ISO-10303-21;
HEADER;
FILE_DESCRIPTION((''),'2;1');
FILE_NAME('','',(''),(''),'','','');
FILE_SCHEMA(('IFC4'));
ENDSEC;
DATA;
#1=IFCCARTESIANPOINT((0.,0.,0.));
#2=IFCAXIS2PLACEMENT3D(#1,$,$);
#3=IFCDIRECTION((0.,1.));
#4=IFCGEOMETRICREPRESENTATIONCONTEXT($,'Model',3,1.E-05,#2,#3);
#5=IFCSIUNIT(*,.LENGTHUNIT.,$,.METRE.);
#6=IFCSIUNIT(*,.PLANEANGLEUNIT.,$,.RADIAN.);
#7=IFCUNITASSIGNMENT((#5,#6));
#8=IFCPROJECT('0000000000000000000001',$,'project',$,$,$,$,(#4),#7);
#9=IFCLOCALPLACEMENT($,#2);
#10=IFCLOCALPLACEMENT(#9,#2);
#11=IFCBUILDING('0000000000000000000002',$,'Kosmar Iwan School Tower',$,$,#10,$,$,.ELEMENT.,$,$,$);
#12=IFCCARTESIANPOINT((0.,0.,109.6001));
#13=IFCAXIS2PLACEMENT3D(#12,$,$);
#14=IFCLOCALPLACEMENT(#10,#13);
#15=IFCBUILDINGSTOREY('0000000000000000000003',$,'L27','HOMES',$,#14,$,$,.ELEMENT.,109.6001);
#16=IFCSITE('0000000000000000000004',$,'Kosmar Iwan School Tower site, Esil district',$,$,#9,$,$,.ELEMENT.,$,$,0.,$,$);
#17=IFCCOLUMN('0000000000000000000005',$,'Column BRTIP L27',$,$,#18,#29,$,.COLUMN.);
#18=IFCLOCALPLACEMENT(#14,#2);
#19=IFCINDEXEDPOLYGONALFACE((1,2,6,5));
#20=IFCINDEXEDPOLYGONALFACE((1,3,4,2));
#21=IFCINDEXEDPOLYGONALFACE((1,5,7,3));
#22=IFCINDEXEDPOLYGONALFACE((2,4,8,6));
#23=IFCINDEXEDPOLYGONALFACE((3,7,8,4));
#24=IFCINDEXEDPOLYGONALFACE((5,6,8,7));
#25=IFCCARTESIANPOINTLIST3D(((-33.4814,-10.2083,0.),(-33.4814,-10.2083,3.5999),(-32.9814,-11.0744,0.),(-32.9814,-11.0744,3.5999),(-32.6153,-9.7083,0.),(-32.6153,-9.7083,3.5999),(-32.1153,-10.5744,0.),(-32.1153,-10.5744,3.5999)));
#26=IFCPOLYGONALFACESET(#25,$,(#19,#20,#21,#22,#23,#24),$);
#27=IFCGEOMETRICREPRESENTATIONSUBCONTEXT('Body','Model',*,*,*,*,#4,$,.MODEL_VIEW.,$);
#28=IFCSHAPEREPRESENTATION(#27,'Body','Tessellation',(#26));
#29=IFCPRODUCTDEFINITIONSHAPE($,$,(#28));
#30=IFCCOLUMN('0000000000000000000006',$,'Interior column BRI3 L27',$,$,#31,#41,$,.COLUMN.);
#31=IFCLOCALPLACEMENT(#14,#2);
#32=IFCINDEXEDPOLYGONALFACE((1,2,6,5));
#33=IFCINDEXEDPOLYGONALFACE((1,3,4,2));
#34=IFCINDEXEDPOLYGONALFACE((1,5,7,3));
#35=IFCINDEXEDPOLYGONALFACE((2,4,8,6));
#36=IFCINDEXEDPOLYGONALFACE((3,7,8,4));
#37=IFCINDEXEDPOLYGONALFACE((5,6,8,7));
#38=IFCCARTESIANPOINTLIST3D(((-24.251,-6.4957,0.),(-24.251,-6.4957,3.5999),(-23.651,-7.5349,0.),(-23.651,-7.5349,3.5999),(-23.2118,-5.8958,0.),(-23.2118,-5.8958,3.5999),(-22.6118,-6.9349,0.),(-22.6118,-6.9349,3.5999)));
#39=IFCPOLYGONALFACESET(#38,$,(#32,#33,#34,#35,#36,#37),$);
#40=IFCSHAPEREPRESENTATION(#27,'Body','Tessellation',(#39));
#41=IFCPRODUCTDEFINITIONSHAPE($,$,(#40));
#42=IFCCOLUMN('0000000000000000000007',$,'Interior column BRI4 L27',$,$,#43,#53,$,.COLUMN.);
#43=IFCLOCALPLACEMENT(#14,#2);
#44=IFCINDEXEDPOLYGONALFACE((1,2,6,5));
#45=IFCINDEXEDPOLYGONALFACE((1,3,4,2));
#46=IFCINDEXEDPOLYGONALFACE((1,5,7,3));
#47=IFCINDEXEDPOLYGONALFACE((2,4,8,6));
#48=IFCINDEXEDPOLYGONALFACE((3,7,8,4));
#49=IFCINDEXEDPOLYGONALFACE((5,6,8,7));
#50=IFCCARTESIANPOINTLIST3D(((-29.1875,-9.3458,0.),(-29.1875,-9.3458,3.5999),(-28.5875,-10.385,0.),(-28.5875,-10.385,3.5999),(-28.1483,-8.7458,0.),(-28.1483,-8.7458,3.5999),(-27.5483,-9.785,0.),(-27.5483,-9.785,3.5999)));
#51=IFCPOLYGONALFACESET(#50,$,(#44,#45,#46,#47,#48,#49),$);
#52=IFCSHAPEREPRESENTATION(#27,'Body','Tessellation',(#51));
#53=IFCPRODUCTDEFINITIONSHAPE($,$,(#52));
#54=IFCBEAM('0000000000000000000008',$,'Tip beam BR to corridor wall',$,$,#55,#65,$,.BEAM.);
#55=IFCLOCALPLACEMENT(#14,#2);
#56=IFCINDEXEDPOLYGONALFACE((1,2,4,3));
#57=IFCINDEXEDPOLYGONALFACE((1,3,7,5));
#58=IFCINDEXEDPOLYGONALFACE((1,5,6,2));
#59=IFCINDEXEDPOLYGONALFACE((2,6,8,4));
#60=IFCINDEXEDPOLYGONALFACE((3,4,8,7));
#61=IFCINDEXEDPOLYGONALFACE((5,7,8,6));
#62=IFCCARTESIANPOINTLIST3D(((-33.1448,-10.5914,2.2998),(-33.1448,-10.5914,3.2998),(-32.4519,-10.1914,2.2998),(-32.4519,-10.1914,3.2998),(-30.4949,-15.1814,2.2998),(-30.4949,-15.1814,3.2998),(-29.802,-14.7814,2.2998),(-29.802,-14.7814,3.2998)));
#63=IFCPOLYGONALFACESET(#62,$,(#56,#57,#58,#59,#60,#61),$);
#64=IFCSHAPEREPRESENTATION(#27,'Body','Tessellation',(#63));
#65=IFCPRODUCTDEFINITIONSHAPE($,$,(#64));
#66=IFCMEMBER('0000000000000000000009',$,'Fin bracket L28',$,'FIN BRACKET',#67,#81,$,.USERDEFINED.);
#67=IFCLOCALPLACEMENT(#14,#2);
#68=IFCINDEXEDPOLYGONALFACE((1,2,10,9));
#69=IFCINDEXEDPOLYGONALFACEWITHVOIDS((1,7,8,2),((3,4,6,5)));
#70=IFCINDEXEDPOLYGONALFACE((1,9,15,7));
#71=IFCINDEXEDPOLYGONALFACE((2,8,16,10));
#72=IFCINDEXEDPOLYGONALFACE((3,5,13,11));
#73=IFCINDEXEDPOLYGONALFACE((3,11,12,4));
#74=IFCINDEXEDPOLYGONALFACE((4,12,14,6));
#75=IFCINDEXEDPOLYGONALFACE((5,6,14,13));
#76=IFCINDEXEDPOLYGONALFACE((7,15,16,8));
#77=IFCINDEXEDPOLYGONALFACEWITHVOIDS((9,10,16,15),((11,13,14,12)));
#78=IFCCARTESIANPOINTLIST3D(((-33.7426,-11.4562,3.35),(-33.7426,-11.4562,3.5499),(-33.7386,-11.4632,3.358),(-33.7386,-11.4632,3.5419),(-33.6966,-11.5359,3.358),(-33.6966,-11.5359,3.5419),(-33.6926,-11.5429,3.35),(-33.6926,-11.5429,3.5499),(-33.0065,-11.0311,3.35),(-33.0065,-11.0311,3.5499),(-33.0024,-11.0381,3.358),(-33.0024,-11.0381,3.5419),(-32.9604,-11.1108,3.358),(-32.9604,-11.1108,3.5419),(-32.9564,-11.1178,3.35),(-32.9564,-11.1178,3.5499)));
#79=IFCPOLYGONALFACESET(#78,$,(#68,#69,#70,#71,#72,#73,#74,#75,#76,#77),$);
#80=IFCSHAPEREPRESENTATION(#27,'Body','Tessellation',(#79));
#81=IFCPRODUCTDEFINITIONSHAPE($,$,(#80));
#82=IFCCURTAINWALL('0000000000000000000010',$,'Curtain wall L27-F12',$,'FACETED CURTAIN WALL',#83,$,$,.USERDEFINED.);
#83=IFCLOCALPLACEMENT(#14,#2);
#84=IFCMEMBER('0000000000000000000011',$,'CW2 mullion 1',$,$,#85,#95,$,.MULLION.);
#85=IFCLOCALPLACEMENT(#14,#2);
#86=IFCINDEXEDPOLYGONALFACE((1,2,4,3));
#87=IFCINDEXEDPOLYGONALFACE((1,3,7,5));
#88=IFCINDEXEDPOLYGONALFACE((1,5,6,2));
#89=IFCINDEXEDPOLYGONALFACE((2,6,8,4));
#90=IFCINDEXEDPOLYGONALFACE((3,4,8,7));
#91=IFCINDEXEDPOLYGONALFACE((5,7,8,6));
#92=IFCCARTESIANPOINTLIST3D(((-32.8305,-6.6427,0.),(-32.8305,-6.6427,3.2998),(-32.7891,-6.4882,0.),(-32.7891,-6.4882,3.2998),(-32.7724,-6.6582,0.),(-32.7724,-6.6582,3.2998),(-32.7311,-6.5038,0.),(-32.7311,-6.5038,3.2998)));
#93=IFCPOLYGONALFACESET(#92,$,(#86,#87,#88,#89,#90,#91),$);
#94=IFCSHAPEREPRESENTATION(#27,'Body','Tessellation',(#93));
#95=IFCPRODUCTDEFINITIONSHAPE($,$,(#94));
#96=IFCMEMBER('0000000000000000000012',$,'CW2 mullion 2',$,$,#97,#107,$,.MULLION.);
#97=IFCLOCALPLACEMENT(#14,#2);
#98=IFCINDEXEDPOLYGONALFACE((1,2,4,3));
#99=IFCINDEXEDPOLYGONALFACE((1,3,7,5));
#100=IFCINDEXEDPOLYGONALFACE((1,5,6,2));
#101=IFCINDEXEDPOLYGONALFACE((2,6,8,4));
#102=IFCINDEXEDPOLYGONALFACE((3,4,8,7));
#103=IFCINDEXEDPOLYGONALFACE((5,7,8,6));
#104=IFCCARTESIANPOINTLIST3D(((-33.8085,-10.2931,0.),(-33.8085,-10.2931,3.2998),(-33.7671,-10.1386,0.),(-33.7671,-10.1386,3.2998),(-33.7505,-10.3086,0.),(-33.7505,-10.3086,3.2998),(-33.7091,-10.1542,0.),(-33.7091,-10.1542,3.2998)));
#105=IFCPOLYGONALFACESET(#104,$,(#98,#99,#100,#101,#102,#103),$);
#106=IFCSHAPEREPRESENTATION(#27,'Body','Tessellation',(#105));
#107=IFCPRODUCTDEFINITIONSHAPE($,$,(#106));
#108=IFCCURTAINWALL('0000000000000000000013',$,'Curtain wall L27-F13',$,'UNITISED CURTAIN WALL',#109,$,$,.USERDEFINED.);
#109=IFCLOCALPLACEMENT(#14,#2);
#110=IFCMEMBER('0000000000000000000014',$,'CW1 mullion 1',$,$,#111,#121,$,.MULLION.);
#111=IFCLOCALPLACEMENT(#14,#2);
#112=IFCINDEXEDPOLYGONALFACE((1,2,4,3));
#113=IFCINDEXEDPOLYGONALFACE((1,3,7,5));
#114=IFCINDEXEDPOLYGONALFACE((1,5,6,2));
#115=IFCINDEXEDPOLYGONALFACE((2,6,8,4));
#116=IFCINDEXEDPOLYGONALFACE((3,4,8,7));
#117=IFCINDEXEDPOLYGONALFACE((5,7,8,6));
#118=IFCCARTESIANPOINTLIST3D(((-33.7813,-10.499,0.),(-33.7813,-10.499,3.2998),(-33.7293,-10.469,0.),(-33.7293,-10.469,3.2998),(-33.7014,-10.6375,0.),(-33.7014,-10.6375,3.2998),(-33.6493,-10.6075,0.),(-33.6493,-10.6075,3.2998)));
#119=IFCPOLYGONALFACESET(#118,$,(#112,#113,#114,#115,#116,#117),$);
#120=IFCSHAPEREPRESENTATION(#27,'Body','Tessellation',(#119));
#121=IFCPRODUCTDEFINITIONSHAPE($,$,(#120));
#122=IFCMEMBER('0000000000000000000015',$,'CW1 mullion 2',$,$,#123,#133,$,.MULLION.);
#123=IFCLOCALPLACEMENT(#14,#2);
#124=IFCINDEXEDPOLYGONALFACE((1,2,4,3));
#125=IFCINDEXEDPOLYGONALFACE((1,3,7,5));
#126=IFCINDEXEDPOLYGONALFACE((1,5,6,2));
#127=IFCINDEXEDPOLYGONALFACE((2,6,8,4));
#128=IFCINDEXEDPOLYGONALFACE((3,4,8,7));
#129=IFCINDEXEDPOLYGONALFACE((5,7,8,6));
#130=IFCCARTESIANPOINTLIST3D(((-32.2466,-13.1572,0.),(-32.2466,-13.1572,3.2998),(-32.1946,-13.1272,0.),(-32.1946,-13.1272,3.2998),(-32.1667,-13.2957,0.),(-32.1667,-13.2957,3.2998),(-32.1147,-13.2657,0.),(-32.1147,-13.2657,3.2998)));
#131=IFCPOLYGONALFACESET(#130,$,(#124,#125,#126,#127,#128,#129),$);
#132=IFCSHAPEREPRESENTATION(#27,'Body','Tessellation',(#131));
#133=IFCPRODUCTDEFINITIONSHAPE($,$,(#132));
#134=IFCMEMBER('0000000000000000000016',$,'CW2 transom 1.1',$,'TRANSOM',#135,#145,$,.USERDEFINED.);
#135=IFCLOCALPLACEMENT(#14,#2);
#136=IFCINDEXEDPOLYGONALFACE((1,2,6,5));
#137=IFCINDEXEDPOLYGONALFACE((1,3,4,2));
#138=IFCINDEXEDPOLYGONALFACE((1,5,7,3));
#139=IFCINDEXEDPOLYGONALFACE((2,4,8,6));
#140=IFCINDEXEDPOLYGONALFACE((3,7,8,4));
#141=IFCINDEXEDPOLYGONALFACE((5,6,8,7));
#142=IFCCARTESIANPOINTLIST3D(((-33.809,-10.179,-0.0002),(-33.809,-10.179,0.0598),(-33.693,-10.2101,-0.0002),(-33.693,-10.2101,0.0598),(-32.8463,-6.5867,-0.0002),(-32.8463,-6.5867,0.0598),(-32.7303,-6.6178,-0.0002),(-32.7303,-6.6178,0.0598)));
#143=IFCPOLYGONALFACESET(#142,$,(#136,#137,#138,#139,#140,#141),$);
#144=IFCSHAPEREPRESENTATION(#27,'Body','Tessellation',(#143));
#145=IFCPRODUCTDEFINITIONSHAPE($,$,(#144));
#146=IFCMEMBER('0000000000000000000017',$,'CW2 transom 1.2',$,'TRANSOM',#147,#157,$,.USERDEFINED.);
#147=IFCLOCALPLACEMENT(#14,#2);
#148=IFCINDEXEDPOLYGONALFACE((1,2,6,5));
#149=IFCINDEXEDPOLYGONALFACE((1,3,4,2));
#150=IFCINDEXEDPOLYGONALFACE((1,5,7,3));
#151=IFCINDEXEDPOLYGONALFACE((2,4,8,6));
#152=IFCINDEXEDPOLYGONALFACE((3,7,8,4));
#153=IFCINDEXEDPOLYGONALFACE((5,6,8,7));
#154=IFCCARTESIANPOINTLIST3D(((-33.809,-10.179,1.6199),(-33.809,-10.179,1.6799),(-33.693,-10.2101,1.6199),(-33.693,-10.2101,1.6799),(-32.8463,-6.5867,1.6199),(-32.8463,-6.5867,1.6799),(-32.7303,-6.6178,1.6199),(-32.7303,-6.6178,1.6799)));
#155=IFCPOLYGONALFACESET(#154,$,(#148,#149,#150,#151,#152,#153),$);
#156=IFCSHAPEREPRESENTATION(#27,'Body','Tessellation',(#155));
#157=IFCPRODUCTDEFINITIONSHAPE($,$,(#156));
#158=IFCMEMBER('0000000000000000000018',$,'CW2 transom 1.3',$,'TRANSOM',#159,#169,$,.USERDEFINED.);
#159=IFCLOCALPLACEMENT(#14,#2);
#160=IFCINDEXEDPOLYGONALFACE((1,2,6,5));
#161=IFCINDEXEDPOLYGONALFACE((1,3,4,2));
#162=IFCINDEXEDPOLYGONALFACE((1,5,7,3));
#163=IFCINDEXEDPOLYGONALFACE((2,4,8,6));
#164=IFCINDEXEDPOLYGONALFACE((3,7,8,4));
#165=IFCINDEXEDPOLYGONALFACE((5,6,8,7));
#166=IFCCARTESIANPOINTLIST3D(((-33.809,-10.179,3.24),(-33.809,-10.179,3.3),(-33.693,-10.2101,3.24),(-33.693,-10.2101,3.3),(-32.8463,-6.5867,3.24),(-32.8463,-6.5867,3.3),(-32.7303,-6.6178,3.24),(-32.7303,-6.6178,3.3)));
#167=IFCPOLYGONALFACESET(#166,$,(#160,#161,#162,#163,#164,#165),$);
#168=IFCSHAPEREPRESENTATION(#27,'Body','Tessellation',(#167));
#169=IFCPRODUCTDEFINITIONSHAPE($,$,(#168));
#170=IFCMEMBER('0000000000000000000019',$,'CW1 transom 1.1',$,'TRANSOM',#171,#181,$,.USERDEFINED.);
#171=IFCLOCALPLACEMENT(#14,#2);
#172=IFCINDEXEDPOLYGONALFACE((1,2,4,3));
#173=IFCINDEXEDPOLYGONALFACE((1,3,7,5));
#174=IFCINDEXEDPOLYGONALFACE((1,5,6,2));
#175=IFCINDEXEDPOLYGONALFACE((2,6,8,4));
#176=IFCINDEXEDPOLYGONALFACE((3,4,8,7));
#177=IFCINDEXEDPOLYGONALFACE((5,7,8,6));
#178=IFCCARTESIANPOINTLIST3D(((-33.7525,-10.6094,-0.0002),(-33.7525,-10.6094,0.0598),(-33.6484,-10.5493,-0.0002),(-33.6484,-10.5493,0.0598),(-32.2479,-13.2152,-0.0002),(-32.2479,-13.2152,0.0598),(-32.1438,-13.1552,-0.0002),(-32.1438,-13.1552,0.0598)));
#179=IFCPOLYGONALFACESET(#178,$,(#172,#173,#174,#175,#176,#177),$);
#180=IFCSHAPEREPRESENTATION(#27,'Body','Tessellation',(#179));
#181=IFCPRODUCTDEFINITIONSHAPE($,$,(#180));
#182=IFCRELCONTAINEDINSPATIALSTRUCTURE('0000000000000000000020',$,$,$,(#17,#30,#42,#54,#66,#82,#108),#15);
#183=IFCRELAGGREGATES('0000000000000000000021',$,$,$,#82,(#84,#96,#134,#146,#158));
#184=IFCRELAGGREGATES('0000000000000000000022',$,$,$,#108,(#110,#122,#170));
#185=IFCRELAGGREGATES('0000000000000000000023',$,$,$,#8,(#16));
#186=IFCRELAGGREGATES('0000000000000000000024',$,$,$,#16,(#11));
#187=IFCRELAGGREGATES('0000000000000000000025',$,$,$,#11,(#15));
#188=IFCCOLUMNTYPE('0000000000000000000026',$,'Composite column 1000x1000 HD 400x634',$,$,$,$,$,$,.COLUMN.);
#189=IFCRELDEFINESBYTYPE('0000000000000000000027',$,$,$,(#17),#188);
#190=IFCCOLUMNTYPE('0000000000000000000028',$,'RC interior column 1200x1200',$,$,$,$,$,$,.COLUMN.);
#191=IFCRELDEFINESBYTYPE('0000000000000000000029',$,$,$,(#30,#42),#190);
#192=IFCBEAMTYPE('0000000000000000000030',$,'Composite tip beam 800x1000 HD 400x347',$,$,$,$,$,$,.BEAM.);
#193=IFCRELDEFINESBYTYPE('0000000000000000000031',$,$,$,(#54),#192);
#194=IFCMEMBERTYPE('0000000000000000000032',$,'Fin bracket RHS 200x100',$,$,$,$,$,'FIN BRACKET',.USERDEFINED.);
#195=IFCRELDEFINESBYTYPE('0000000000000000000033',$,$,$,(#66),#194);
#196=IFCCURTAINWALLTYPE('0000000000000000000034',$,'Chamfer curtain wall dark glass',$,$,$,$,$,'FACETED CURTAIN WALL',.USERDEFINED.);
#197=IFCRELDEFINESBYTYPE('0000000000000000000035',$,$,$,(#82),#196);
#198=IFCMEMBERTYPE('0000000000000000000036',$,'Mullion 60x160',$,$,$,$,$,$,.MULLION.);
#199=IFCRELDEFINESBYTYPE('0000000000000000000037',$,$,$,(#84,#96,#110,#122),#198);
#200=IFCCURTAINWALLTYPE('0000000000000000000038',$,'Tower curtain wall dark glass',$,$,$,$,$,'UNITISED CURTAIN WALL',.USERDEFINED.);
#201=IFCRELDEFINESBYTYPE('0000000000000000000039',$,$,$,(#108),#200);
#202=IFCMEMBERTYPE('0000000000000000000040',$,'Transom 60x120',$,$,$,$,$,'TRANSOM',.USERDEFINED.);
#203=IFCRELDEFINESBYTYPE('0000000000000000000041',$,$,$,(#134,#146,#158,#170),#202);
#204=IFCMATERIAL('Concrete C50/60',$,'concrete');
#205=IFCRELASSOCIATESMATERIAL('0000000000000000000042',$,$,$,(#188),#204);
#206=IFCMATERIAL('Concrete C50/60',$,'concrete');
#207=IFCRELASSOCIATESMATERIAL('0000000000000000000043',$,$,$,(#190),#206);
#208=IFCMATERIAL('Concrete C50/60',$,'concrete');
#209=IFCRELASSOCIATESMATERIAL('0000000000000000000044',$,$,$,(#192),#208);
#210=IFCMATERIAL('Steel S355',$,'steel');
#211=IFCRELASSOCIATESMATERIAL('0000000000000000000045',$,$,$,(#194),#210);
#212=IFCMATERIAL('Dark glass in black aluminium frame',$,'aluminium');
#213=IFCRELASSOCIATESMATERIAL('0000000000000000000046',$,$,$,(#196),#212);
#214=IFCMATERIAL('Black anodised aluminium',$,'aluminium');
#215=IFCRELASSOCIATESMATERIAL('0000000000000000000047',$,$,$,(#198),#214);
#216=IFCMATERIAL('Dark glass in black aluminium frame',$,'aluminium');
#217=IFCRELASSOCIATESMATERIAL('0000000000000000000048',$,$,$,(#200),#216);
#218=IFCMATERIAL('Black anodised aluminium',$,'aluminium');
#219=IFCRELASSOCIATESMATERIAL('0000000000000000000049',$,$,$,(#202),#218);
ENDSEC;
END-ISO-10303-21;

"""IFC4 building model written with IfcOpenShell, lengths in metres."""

from ifc_helpers import new_model, si_unit, direction, frame, origin, origin_2d, place, context, subcontext, project, spatial, rectangle, hollow_rectangle, extrude, material, material_profile, profile_set, type_object, element, aggregate, save


model = new_model("IFC4")

# Units and contexts
model_context = context("Model", 3, precision=1e-05, world=origin(), true_north=direction((0.0, 1.0)))
body_context = subcontext(model_context, "Body", "Model", "MODEL_VIEW")
ifc_project = project(units=[si_unit("LENGTHUNIT", "METRE"), si_unit("PLANEANGLEUNIT", "RADIAN")], contexts=[model_context])

# Site, building, storey
site_placement = place(None, origin())
site = spatial("IfcSite", under=ifc_project, at=site_placement, Name="Kosmar Iwan School Tower site, Esil district", CompositionType="ELEMENT", RefElevation=0.0)
building_placement = place(site_placement, origin())
building = spatial("IfcBuilding", under=site, at=building_placement, Name="Kosmar Iwan School Tower", CompositionType="ELEMENT")
storey_placement = place(building_placement, frame((0.0, 0.0, 109.6001)))
storey = spatial("IfcBuildingStorey", under=building, at=storey_placement, Name="L27", Description="HOMES", CompositionType="ELEMENT", Elevation=109.6001)

# Columns
ifc_material_1 = material(Name="Concrete C50/60", Category="concrete")
ifc_material_profile_1 = material_profile(ifc_material_1, rectangle(XDim=1.0, YDim=1.0, at=origin_2d()), Name="RC 1000x1000 + HD 400x634")
ifc_profile_set_1 = profile_set([ifc_material_profile_1], Name="Concrete C50/60")
column_type_1 = type_object("IfcColumnType", Name="Composite column 1000x1000 HD 400x634", PredefinedType="COLUMN", material=ifc_profile_set_1)
column_placement = place(storey_placement, frame((-32.7983, -10.3914, 0.0), z_axis=(0.0, 0.0, 1.0), x_axis=(-0.866025, -0.5, 0.0)))
element("IfcColumn", 1, at=column_placement, inside=storey, type_object=column_type_1, Name="Column BRTIP L27", PredefinedType="COLUMN", context=body_context, shape_type="SweptSolid", body=[
    extrude(rectangle(XDim=1.0, YDim=1.0, at=origin_2d()), origin(), (0.0, 0.0, 1.0), 3.5999),
])
ifc_material_2 = material(Name="Concrete C50/60", Category="concrete")
ifc_material_profile_2 = material_profile(ifc_material_2, rectangle(XDim=1.2, YDim=1.2, at=origin_2d()), Name="RC 1200x1200")
ifc_profile_set_2 = profile_set([ifc_material_profile_2], Name="Concrete C50/60")
column_type_2 = type_object("IfcColumnType", Name="RC interior column 1200x1200", PredefinedType="COLUMN", material=ifc_profile_set_2)
for number, where, z_axis, x_axis, name in (
    (2, (-23.4314, -6.7153, 0.0), (0.0, 0.0, 1.0), (-0.866025, -0.5, 0.0), "Interior column BRI3 L27"),
    (3, (-28.3679, -9.5654, 0.0), (0.0, 0.0, 1.0), (-0.866025, -0.5, 0.0), "Interior column BRI4 L27"),
):
    element("IfcColumn", number, at=place(storey_placement, frame(where, z_axis=z_axis, x_axis=x_axis)), inside=storey, type_object=column_type_2, Name=name, PredefinedType="COLUMN", context=body_context, shape_type="SweptSolid", body=[
        extrude(rectangle(XDim=1.2, YDim=1.2, at=origin_2d()), origin(), (0.0, 0.0, 1.0), 3.5999),
    ])

# Beam
ifc_material_3 = material(Name="Concrete C50/60", Category="concrete")
ifc_material_profile_3 = material_profile(ifc_material_3, rectangle(XDim=0.8, YDim=1.0, at=origin_2d()), Name="RC 800x1000 + HD 400x347")
ifc_profile_set_3 = profile_set([ifc_material_profile_3], Name="Concrete C50/60")
beam_type = type_object("IfcBeamType", Name="Composite tip beam 800x1000 HD 400x347", PredefinedType="BEAM", material=ifc_profile_set_3)
beam_placement = place(storey_placement, frame((-32.7983, -10.3914, 2.7998), z_axis=(0.499974, -0.866041, 0.0), x_axis=(0.866041, 0.499974, 0.0)))
element("IfcBeam", 4, at=beam_placement, inside=storey, type_object=beam_type, Name="Tip beam BR to corridor wall", PredefinedType="BEAM", context=body_context, shape_type="SweptSolid", body=[
    extrude(rectangle(XDim=0.8, YDim=1.0, at=origin_2d()), origin(), (0.0, 0.0, 1.0), 5.3),
])

# Member
ifc_material_4 = material(Name="Steel S355", Category="steel")
ifc_material_profile_4 = material_profile(ifc_material_4, hollow_rectangle(XDim=0.1001, YDim=0.2, WallThickness=0.0081, at=origin_2d()), Name="RHS 200x100x8")
ifc_profile_set_4 = profile_set([ifc_material_profile_4], Name="Steel S355")
member_type_1 = type_object("IfcMemberType", Name="Fin bracket RHS 200x100", ElementType="FIN BRACKET", PredefinedType="USERDEFINED", material=ifc_profile_set_4)
member_1_placement = place(storey_placement, frame((-32.9814, -11.0745, 3.45), z_axis=(-0.865989, -0.500062, 0.0), x_axis=(0.500062, -0.865989, 0.0)))
element("IfcMember", 5, at=member_1_placement, inside=storey, type_object=member_type_1, Name="Fin bracket L28", ObjectType="FIN BRACKET", PredefinedType="USERDEFINED", context=body_context, shape_type="SweptSolid", body=[
    extrude(hollow_rectangle(XDim=0.1001, YDim=0.2, WallThickness=0.0081, at=origin_2d()), origin(), (0.0, 0.0, 1.0), 0.8501),
])

# Curtain walls, members
ifc_material_5 = material(Name="Dark glass in black aluminium frame", Category="aluminium")
curtain_wall_type_1 = type_object("IfcCurtainWallType", Name="Chamfer curtain wall dark glass", ElementType="FACETED CURTAIN WALL", PredefinedType="USERDEFINED", material=ifc_material_5)
curtain_wall_1_placement = place(storey_placement, origin())
curtain_wall_1 = element("IfcCurtainWall", 6, at=curtain_wall_1_placement, inside=storey, type_object=curtain_wall_type_1, Name="Curtain wall L27-F12", ObjectType="FACETED CURTAIN WALL", PredefinedType="USERDEFINED")
ifc_material_6 = material(Name="Black anodised aluminium", Category="aluminium")
ifc_material_profile_5 = material_profile(ifc_material_6, rectangle(XDim=0.0601, YDim=0.1599, at=origin_2d()), Name="MULLION 60x160")
ifc_profile_set_5 = profile_set([ifc_material_profile_5], Name="Black anodised aluminium")
member_type_2 = type_object("IfcMemberType", Name="Mullion 60x160", PredefinedType="MULLION", material=ifc_profile_set_5)
member_2_placement = place(storey_placement, frame((-32.7808, -6.5732, 0.0), z_axis=(0.0, 0.0, 1.0), x_axis=(0.965926, -0.258819, 0.0)))
member_2 = element("IfcMember", 7, at=member_2_placement, type_object=member_type_2, Name="CW2 mullion 1", PredefinedType="MULLION", context=body_context, shape_type="SweptSolid", body=[
    extrude(rectangle(XDim=0.0601, YDim=0.1599, at=origin_2d()), origin(), (0.0, 0.0, 1.0), 3.2998),
])
member_3_placement = place(storey_placement, frame((-33.7588, -10.2236, 0.0), z_axis=(0.0, 0.0, 1.0), x_axis=(0.965926, -0.258819, 0.0)))
member_3 = element("IfcMember", 8, at=member_3_placement, type_object=member_type_2, Name="CW2 mullion 2", PredefinedType="MULLION", context=body_context, shape_type="SweptSolid", body=[
    extrude(rectangle(XDim=0.0601, YDim=0.1599, at=origin_2d()), origin(), (0.0, 0.0, 1.0), 3.2998),
])
ifc_material_7 = material(Name="Dark glass in black aluminium frame", Category="aluminium")
curtain_wall_type_2 = type_object("IfcCurtainWallType", Name="Tower curtain wall dark glass", ElementType="UNITISED CURTAIN WALL", PredefinedType="USERDEFINED", material=ifc_material_7)
curtain_wall_2_placement = place(storey_placement, origin())
curtain_wall_2 = element("IfcCurtainWall", 9, at=curtain_wall_2_placement, inside=storey, type_object=curtain_wall_type_2, Name="Curtain wall L27-F13", ObjectType="UNITISED CURTAIN WALL", PredefinedType="USERDEFINED")
member_4_placement = place(storey_placement, frame((-33.7153, -10.5532, 0.0), z_axis=(0.0, 0.0, 1.0), x_axis=(0.866025, 0.5, 0.0)))
member_4 = element("IfcMember", 10, at=member_4_placement, type_object=member_type_2, Name="CW1 mullion 1", PredefinedType="MULLION", context=body_context, shape_type="SweptSolid", body=[
    extrude(rectangle(XDim=0.0601, YDim=0.1599, at=origin_2d()), origin(), (0.0, 0.0, 1.0), 3.2998),
])
member_5_placement = place(storey_placement, frame((-32.1807, -13.2114, 0.0), z_axis=(0.0, 0.0, 1.0), x_axis=(0.866025, 0.5, 0.0)))
member_5 = element("IfcMember", 11, at=member_5_placement, type_object=member_type_2, Name="CW1 mullion 2", PredefinedType="MULLION", context=body_context, shape_type="SweptSolid", body=[
    extrude(rectangle(XDim=0.0601, YDim=0.1599, at=origin_2d()), origin(), (0.0, 0.0, 1.0), 3.2998),
])

# Members
ifc_material_8 = material(Name="Black anodised aluminium", Category="aluminium")
ifc_material_profile_6 = material_profile(ifc_material_8, rectangle(XDim=0.1201, YDim=0.0601, at=origin_2d()), Name="TRANSOM 60x120")
ifc_profile_set_6 = profile_set([ifc_material_profile_6], Name="Black anodised aluminium")
member_type_3 = type_object("IfcMemberType", Name="Transom 60x120", ElementType="TRANSOM", PredefinedType="USERDEFINED", material=ifc_profile_set_6)
member_6_placement = place(storey_placement, frame((-32.7883, -6.6023, 0.0298), z_axis=(-0.258843, -0.965919, 0.0), x_axis=(0.965919, -0.258843, 0.0)))
member_6 = element("IfcMember", 12, at=member_6_placement, type_object=member_type_3, Name="CW2 transom 1.1", ObjectType="TRANSOM", PredefinedType="USERDEFINED", context=body_context, shape_type="SweptSolid", body=[
    extrude(rectangle(XDim=0.1201, YDim=0.0601, at=origin_2d()), origin(), (0.0, 0.0, 1.0), 3.719),
])
member_7_placement = place(storey_placement, frame((-32.7883, -6.6023, 1.6499), z_axis=(-0.258843, -0.965919, 0.0), x_axis=(0.965919, -0.258843, 0.0)))
member_7 = element("IfcMember", 13, at=member_7_placement, type_object=member_type_3, Name="CW2 transom 1.2", ObjectType="TRANSOM", PredefinedType="USERDEFINED", context=body_context, shape_type="SweptSolid", body=[
    extrude(rectangle(XDim=0.1201, YDim=0.0601, at=origin_2d()), origin(), (0.0, 0.0, 1.0), 3.719),
])
member_8_placement = place(storey_placement, frame((-32.7883, -6.6023, 3.27), z_axis=(-0.258843, -0.965919, 0.0), x_axis=(0.965919, -0.258843, 0.0)))
member_8 = element("IfcMember", 14, at=member_8_placement, type_object=member_type_3, Name="CW2 transom 1.3", ObjectType="TRANSOM", PredefinedType="USERDEFINED", context=body_context, shape_type="SweptSolid", body=[
    extrude(rectangle(XDim=0.1201, YDim=0.0601, at=origin_2d()), origin(), (0.0, 0.0, 1.0), 3.719),
])
member_9_placement = place(storey_placement, frame((-33.7004, -10.5793, 0.0298), z_axis=(0.500022, -0.866013, 0.0), x_axis=(0.866013, 0.500022, 0.0)))
member_9 = element("IfcMember", 15, at=member_9_placement, type_object=member_type_3, Name="CW1 transom 1.1", ObjectType="TRANSOM", PredefinedType="USERDEFINED", context=body_context, shape_type="SweptSolid", body=[
    extrude(rectangle(XDim=0.1201, YDim=0.0601, at=origin_2d()), origin(), (0.0, 0.0, 1.0), 3.009),
])

aggregate(curtain_wall_1, [member_2, member_3, member_6, member_7, member_8])
aggregate(curtain_wall_2, [member_4, member_5, member_9])

save(model, "model.ifc")
